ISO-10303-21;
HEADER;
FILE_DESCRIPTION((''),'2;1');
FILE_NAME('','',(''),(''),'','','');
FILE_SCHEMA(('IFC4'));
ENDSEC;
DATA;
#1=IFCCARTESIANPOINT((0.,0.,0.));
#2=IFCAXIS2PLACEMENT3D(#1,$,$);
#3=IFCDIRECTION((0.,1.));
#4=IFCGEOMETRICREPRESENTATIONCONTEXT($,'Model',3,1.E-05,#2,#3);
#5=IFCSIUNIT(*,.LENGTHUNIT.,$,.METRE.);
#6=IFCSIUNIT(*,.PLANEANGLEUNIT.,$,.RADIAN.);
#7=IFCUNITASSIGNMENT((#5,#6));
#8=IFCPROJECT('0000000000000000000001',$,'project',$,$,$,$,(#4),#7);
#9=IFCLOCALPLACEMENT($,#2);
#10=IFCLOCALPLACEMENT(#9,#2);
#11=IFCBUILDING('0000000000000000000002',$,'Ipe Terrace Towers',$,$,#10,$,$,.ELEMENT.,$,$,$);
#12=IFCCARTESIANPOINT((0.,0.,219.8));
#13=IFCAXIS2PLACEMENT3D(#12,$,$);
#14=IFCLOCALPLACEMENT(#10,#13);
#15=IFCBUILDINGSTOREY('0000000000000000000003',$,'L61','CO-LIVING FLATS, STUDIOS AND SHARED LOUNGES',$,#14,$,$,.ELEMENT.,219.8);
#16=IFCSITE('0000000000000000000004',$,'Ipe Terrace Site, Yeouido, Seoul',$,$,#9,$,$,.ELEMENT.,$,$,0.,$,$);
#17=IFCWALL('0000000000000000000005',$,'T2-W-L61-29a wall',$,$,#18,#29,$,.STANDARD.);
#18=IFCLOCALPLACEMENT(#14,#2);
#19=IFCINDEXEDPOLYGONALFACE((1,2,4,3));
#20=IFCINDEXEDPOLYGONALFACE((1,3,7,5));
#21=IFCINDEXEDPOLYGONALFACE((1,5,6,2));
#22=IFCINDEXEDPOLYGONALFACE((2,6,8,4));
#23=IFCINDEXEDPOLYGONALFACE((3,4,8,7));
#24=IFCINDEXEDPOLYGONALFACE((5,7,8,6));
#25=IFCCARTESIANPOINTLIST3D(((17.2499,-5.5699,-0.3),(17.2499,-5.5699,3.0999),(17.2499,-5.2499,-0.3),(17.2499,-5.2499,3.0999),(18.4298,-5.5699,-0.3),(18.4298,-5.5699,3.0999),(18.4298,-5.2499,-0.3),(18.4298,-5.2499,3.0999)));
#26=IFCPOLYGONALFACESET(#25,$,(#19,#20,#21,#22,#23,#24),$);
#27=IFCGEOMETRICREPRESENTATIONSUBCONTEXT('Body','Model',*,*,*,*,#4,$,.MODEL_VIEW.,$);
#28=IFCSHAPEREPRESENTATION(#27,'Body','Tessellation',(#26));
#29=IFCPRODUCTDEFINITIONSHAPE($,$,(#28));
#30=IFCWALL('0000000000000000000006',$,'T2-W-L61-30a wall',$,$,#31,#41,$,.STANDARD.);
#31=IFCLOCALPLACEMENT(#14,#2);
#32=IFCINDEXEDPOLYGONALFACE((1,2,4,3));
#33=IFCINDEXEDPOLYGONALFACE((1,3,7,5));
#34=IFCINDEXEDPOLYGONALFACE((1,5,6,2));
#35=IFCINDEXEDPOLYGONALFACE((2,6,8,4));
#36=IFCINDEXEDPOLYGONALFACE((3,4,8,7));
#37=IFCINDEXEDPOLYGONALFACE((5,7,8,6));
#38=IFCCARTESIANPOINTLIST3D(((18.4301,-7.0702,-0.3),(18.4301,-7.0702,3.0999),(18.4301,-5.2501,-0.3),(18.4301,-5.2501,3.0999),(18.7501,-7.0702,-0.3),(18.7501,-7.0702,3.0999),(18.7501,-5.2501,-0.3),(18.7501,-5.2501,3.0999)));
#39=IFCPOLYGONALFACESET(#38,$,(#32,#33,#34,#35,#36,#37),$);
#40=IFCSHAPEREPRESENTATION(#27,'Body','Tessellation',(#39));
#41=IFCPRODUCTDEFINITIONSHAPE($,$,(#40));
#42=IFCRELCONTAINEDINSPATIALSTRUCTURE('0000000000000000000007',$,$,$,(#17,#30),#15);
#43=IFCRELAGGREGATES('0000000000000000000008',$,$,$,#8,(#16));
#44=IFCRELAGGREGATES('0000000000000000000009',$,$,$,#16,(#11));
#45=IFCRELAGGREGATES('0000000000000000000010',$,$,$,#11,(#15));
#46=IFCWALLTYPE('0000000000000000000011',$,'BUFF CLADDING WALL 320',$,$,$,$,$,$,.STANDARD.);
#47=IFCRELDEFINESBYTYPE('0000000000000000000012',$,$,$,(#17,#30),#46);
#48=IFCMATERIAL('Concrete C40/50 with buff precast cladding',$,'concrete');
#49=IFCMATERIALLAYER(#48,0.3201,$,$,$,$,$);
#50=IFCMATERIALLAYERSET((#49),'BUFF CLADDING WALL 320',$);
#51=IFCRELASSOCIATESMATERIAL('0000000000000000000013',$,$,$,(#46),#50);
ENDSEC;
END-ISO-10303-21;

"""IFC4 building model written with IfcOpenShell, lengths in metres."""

from ifc_helpers import new_model, si_unit, direction, frame, frame_2d, origin, place, context, subcontext, project, spatial, rectangle, extrude, material, layer, layer_set, type_object, element, save


model = new_model("IFC4")

# Units and contexts
model_context = context("Model", 3, precision=1e-05, world=origin(), true_north=direction((0.0, 1.0)))
body_context = subcontext(model_context, "Body", "Model", "MODEL_VIEW")
ifc_project = project(units=[si_unit("LENGTHUNIT", "METRE"), si_unit("PLANEANGLEUNIT", "RADIAN")], contexts=[model_context])

# Site, building, storey
site_placement = place(None, origin())
site = spatial("IfcSite", under=ifc_project, at=site_placement, Name="Ipe Terrace Site, Yeouido, Seoul", CompositionType="ELEMENT", RefElevation=0.0)
building_placement = place(site_placement, origin())
building = spatial("IfcBuilding", under=site, at=building_placement, Name="Ipe Terrace Towers", CompositionType="ELEMENT")
storey_placement = place(building_placement, frame((0.0, 0.0, 219.8)))
storey = spatial("IfcBuildingStorey", under=building, at=storey_placement, Name="L61", Description="CO-LIVING FLATS, STUDIOS AND SHARED LOUNGES", CompositionType="ELEMENT", Elevation=219.8)

# Shared definitions
ifc_material_1 = material(Name="Concrete C40/50 with buff precast cladding", Category="concrete")
ifc_layer_1 = layer(ifc_material_1, 0.3201)
ifc_layer_set_1 = layer_set([ifc_layer_1], Name="BUFF CLADDING WALL 320")
wall_type = type_object("IfcWallType", Name="BUFF CLADDING WALL 320", PredefinedType="STANDARD", material=ifc_layer_set_1)

# Walls
wall_1_placement = place(storey_placement, frame((17.25, -5.4099, -0.3), z_axis=(0.0, 0.0, 1.0), x_axis=(1.0, 0.0, 0.0)))
element("IfcWall", 1, at=wall_1_placement, inside=storey, type_object=wall_type, Name="T2-W-L61-29a wall", PredefinedType="STANDARD", context=body_context, shape_type="SweptSolid", body=[
    extrude(rectangle(XDim=1.1799, YDim=0.3201, at=frame_2d((0.5898, 0.0))), origin(), (0.0, 0.0, 1.0), 3.3999),
])
wall_2_placement = place(storey_placement, frame((18.5901, -5.25, -0.3), z_axis=(0.0, 0.0, 1.0), x_axis=(0.0, -1.0, 0.0)))
element("IfcWall", 2, at=wall_2_placement, inside=storey, type_object=wall_type, Name="T2-W-L61-30a wall", PredefinedType="STANDARD", context=body_context, shape_type="SweptSolid", body=[
    extrude(rectangle(XDim=1.8201, YDim=0.3201, at=frame_2d((0.9102, 0.0))), origin(), (0.0, 0.0, 1.0), 3.3999),
])

save(model, "model.ifc")
